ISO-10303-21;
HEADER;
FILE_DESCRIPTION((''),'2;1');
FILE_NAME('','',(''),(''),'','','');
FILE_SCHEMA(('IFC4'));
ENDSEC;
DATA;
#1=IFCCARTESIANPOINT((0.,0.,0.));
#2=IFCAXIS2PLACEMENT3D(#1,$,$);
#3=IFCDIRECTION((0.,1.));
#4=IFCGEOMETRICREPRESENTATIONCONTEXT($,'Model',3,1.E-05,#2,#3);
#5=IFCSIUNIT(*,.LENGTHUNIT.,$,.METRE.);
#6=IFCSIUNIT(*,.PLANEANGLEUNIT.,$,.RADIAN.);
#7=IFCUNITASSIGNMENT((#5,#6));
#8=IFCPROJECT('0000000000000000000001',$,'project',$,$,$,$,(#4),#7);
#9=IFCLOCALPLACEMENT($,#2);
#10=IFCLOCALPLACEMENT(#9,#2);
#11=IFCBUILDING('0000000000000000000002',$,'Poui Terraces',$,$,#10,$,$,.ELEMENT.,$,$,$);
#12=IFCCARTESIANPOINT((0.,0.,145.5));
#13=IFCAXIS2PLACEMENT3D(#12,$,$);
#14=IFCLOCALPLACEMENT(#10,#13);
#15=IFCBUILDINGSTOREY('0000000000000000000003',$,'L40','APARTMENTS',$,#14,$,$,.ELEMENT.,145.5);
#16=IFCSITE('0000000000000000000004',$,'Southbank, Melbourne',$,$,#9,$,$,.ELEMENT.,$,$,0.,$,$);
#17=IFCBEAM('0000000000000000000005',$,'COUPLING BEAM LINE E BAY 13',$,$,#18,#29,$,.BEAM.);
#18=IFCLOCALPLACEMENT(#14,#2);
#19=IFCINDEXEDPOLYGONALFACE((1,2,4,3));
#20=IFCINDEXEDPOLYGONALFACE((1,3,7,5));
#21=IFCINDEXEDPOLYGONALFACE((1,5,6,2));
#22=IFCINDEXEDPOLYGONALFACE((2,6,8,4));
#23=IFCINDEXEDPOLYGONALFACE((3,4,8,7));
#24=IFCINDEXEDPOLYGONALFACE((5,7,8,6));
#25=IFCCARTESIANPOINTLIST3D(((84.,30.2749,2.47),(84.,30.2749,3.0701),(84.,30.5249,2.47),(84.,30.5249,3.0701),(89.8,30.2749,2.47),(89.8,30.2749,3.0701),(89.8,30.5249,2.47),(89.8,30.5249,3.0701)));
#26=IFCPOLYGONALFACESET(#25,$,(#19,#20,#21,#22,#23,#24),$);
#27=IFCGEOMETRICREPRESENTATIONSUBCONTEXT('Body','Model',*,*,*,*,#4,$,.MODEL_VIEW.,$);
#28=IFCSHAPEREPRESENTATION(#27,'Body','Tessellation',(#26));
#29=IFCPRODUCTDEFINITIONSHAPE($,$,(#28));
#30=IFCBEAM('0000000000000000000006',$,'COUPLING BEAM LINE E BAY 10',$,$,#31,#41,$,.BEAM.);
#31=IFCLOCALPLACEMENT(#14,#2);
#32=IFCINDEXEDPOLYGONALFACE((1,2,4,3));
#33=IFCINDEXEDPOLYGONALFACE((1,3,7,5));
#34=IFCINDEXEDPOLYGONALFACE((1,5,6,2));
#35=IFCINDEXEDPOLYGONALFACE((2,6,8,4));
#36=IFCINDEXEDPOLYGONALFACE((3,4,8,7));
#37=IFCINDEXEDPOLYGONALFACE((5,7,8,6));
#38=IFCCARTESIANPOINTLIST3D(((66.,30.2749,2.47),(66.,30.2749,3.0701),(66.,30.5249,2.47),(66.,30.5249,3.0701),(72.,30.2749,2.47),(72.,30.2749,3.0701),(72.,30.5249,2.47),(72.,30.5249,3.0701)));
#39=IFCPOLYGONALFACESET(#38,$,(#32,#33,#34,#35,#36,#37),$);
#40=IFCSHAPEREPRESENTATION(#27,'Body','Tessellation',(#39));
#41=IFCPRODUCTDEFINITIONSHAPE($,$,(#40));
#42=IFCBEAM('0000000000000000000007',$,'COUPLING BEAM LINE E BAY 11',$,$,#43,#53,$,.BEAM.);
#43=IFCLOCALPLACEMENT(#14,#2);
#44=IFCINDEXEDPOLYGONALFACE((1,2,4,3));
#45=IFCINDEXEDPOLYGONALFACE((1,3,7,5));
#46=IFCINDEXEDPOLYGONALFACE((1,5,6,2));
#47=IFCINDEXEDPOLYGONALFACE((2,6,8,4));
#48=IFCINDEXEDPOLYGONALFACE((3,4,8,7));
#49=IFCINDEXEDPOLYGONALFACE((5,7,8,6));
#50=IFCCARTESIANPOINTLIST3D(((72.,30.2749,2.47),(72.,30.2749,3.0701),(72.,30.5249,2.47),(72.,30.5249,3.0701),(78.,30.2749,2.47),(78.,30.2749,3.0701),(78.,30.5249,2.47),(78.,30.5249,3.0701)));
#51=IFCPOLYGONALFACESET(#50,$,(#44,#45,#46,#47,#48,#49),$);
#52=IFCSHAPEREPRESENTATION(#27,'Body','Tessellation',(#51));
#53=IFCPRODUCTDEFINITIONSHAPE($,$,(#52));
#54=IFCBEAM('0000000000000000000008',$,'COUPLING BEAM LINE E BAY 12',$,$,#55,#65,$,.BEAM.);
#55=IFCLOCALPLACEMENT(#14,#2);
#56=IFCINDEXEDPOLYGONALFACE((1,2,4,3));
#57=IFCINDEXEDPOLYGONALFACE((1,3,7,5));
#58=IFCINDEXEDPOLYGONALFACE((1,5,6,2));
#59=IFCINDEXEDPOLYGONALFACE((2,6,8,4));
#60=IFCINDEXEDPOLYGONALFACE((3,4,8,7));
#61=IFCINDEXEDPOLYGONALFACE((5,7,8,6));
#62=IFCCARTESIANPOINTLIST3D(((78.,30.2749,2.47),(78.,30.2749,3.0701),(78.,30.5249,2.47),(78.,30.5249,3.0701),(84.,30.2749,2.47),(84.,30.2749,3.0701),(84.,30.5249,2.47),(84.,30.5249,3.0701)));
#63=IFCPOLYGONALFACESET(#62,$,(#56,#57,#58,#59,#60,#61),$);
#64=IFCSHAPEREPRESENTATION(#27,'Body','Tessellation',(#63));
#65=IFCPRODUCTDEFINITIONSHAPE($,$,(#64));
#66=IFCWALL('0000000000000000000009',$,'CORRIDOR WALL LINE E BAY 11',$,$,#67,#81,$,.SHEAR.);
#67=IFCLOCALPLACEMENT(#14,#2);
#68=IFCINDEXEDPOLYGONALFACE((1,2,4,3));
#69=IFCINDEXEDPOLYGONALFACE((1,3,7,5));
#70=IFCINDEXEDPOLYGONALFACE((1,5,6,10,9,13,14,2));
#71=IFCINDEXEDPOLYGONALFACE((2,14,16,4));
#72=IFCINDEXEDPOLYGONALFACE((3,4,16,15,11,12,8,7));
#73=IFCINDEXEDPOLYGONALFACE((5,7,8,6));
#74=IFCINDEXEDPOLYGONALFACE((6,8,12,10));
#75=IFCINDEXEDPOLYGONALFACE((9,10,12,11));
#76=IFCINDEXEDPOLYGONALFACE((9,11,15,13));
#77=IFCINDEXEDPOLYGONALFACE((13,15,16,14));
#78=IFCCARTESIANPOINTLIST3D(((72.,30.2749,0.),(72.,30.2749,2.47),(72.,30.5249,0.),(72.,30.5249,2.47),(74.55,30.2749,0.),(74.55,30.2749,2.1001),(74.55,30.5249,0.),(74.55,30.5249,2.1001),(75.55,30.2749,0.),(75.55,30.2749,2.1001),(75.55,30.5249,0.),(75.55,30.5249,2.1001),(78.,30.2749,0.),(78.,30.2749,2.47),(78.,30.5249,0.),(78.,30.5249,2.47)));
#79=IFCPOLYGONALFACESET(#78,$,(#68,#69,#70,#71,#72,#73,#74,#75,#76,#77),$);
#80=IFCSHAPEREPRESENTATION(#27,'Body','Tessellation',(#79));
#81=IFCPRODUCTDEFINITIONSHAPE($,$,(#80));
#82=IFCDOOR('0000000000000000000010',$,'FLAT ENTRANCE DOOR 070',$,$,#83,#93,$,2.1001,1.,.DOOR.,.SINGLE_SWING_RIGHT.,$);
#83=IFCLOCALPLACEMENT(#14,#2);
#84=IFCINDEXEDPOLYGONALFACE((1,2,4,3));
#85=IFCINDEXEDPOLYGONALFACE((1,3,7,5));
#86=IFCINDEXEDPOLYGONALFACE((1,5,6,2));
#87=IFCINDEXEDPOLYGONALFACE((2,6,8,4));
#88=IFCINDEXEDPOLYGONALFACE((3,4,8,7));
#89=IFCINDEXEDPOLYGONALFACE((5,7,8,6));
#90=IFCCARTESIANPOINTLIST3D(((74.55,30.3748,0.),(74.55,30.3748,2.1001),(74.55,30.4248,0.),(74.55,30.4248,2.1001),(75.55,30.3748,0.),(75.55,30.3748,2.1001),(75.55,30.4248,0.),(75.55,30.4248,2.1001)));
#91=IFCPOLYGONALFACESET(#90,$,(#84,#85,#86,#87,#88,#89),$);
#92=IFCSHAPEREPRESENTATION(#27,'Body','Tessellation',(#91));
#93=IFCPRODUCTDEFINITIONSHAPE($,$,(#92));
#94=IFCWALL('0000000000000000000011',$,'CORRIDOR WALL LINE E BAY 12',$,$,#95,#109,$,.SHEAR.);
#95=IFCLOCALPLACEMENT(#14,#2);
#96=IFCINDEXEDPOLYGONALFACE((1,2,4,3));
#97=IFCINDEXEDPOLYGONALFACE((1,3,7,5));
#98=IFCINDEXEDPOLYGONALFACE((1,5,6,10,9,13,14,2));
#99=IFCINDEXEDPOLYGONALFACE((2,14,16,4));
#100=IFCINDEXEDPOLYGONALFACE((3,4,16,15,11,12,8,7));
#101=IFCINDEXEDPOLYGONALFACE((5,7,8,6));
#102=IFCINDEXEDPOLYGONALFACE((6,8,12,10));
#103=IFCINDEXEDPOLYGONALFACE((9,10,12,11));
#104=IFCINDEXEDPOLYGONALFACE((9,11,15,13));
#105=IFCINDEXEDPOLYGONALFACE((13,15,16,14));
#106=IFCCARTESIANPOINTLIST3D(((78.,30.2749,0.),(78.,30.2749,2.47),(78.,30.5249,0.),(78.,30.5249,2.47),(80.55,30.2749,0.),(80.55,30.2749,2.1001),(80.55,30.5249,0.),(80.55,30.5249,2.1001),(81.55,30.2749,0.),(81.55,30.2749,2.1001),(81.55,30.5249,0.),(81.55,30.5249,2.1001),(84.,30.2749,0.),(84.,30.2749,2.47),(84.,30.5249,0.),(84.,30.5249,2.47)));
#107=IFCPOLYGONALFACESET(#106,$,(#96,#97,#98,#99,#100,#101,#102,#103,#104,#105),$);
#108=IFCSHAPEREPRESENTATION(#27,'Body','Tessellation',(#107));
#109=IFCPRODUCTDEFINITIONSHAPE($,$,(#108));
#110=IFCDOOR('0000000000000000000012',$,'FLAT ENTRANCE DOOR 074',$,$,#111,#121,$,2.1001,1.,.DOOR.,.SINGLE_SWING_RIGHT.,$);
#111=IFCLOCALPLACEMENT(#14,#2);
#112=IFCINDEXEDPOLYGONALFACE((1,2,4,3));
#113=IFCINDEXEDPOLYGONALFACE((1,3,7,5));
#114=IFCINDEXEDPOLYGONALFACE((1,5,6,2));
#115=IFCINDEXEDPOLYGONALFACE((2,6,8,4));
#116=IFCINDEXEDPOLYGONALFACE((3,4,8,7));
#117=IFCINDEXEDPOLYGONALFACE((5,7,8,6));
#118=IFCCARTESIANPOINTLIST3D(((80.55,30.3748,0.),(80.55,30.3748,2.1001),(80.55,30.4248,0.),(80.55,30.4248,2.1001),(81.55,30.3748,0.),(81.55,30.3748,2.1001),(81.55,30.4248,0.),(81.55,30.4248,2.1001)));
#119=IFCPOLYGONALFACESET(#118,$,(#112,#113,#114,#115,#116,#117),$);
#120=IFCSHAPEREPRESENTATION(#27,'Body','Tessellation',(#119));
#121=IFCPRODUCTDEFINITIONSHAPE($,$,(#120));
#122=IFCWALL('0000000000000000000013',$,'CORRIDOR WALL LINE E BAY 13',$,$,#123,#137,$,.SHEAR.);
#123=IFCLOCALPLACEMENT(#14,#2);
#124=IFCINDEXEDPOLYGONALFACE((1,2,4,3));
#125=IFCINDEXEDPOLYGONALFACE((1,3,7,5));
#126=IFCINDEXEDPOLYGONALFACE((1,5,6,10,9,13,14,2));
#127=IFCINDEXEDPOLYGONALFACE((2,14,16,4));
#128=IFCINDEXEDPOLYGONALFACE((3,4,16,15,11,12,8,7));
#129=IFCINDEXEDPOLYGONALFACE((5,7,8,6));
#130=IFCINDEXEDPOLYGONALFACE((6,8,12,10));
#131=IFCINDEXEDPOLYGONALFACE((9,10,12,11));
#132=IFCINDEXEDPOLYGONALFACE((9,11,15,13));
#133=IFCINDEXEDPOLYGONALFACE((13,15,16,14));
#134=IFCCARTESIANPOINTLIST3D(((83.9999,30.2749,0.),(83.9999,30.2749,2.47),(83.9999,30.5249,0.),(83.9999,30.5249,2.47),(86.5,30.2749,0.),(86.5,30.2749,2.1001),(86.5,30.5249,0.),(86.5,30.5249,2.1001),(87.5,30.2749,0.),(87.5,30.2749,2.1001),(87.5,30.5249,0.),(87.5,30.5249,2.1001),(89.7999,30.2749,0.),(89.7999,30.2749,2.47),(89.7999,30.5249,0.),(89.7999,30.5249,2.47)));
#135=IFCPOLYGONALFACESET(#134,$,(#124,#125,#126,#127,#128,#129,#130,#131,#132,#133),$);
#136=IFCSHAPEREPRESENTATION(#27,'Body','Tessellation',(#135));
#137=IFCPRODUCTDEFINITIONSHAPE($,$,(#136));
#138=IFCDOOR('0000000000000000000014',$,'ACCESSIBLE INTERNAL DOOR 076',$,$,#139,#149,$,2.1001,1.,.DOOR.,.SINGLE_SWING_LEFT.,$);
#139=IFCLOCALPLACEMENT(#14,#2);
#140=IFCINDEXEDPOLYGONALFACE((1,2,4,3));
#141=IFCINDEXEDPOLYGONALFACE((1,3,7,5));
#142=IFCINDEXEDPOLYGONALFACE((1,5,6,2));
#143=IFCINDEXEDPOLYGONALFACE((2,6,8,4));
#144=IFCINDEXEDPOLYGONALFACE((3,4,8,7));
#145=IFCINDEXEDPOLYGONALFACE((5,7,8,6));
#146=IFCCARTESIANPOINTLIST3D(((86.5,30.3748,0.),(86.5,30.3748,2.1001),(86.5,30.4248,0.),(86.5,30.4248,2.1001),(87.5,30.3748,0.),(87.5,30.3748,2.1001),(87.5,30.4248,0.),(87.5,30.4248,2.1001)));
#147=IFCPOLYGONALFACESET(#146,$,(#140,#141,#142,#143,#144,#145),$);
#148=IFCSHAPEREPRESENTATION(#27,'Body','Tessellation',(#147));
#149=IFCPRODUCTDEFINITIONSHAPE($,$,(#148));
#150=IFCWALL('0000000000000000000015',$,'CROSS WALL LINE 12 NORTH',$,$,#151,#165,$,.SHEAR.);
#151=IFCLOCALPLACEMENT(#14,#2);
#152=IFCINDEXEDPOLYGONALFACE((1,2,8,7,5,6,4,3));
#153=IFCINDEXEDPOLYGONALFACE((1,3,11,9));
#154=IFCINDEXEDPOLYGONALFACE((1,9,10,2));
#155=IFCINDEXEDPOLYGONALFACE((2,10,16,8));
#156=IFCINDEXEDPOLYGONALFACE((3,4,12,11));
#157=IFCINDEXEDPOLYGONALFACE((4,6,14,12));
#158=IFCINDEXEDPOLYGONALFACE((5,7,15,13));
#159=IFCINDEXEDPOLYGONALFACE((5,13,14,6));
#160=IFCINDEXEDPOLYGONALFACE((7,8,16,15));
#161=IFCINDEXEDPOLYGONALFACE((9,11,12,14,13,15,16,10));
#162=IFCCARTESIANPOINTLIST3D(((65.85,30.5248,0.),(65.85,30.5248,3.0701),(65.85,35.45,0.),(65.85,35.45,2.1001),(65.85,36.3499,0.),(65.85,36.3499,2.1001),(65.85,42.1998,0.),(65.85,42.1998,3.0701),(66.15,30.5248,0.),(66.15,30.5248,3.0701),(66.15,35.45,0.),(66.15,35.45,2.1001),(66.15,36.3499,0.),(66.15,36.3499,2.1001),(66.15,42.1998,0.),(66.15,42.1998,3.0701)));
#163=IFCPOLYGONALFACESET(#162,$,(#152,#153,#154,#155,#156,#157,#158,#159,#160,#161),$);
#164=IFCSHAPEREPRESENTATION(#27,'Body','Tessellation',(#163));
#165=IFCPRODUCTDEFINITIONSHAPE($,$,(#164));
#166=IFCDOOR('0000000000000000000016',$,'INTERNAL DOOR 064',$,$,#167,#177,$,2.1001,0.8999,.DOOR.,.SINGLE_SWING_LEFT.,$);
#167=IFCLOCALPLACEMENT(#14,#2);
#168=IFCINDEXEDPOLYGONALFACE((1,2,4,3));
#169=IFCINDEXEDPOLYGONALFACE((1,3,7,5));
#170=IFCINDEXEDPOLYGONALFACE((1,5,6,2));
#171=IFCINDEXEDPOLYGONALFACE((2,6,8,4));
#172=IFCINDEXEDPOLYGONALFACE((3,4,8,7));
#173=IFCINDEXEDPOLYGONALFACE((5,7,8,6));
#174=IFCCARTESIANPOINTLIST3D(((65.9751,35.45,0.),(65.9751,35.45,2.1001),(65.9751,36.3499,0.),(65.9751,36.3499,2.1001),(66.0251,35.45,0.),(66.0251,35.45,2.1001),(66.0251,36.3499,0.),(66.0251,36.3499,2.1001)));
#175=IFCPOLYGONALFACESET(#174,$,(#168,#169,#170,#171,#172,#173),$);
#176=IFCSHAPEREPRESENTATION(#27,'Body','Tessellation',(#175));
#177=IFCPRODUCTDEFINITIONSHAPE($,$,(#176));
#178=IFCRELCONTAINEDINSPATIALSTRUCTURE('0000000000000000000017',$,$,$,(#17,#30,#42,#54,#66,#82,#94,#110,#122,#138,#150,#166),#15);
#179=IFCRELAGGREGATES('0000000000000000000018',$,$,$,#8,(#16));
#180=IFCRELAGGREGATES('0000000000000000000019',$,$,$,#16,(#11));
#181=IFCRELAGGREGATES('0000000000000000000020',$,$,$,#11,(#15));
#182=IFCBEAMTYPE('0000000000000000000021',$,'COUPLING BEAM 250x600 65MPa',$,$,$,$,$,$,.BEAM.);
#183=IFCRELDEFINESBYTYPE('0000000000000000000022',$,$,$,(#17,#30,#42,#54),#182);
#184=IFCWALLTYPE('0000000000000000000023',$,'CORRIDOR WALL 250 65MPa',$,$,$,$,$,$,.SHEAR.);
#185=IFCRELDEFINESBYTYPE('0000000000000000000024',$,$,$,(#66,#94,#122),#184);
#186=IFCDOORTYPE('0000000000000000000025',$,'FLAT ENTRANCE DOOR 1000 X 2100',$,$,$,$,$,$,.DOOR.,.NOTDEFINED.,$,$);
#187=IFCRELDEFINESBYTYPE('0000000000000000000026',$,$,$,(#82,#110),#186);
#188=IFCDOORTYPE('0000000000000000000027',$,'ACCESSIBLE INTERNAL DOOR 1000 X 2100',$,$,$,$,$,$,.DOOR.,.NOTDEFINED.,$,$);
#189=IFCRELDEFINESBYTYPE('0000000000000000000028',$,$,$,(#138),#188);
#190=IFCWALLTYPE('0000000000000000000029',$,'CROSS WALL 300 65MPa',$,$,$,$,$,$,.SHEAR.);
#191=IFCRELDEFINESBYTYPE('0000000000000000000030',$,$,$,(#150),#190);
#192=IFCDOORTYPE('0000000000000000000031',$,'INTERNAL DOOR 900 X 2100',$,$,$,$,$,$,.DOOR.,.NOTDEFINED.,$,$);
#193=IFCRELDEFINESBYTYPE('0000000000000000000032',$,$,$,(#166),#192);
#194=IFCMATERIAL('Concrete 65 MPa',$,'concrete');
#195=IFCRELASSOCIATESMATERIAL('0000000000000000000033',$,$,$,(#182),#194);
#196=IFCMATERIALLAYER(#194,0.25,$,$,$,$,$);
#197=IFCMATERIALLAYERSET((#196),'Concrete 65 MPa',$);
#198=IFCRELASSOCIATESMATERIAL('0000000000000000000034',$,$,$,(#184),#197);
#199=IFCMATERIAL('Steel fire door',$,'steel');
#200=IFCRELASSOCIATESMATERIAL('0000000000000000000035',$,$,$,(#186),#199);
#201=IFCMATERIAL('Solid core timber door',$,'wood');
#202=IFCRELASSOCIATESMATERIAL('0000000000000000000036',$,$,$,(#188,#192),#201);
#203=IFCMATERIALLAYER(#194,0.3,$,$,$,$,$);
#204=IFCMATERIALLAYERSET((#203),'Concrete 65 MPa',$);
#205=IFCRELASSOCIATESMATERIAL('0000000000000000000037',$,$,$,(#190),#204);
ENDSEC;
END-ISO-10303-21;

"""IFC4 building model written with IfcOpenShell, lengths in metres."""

from ifc_helpers import new_model, si_unit, direction, frame, frame_2d, origin, origin_2d, place, context, subcontext, project, spatial, rectangle, extrude, source, transform, mapped, material, layer, layer_set, material_profile, profile_set, type_object, element, fill, save


model = new_model("IFC4")

# Units and contexts
model_context = context("Model", 3, precision=1e-05, world=origin(), true_north=direction((0.0, 1.0)))
body_context = subcontext(model_context, "Body", "Model", "MODEL_VIEW")
ifc_project = project(units=[si_unit("LENGTHUNIT", "METRE"), si_unit("PLANEANGLEUNIT", "RADIAN")], contexts=[model_context])

# Site, building, storey
site_placement = place(None, origin())
site = spatial("IfcSite", under=ifc_project, at=site_placement, Name="Southbank, Melbourne", CompositionType="ELEMENT", RefElevation=0.0)
building_placement = place(site_placement, origin())
building = spatial("IfcBuilding", under=site, at=building_placement, Name="Poui Terraces", CompositionType="ELEMENT")
storey_placement = place(building_placement, frame((0.0, 0.0, 145.5)))
storey = spatial("IfcBuildingStorey", under=building, at=storey_placement, Name="L40", Description="APARTMENTS", CompositionType="ELEMENT", Elevation=145.5)

# Beams
ifc_material_1 = material(Name="Concrete 65 MPa", Category="concrete")
ifc_material_profile = material_profile(ifc_material_1, rectangle(XDim=0.25, YDim=0.6001, at=origin_2d()), Name="RC 250x600")
ifc_profile_set = profile_set([ifc_material_profile], Name="Concrete 65 MPa")
beam_type = type_object("IfcBeamType", Name="COUPLING BEAM 250x600 65MPa", PredefinedType="BEAM", material=ifc_profile_set)
shared_shape_1 = source(origin(), body_context, "Body", "SweptSolid", [
    extrude(rectangle(XDim=0.25, YDim=0.6001, at=origin_2d()), origin(), (0.0, 0.0, 1.0), 5.8),
])
beam_placement = place(storey_placement, frame((84.0, 30.3999, 2.77), z_axis=(1.0, 0.0, 0.0), x_axis=(0.0, 1.0, 0.0)))
element("IfcBeam", 1, at=beam_placement, inside=storey, type_object=beam_type, Name="COUPLING BEAM LINE E BAY 13", PredefinedType="BEAM", context=body_context, shape_type="MappedRepresentation", body=[
    mapped(shared_shape_1, transform((0.0, 0.0, 0.0))),
])
shared_shape_2 = source(origin(), body_context, "Body", "SweptSolid", [
    extrude(rectangle(XDim=0.25, YDim=0.6001, at=origin_2d()), origin(), (0.0, 0.0, 1.0), 6.0),
])
for number, where, z_axis, x_axis, name in (
    (2, (66.0, 30.3999, 2.77), (1.0, 0.0, 0.0), (0.0, 1.0, 0.0), "COUPLING BEAM LINE E BAY 10"),
    (3, (72.0, 30.3999, 2.77), (1.0, 0.0, 0.0), (0.0, 1.0, 0.0), "COUPLING BEAM LINE E BAY 11"),
    (4, (78.0, 30.3999, 2.77), (1.0, 0.0, 0.0), (0.0, 1.0, 0.0), "COUPLING BEAM LINE E BAY 12"),
):
    element("IfcBeam", number, at=place(storey_placement, frame(where, z_axis=z_axis, x_axis=x_axis)), inside=storey, type_object=beam_type, Name=name, PredefinedType="BEAM", context=body_context, shape_type="MappedRepresentation", body=[
        mapped(shared_shape_2, transform((0.0, 0.0, 0.0))),
    ])

# Walls, openings, doors
ifc_layer_1 = layer(ifc_material_1, 0.25)
ifc_layer_set_1 = layer_set([ifc_layer_1], Name="Concrete 65 MPa")
wall_type_1 = type_object("IfcWallType", Name="CORRIDOR WALL 250 65MPa", PredefinedType="SHEAR", material=ifc_layer_set_1)
wall_1_placement = place(storey_placement, frame((72.0, 30.3999, 0.0), z_axis=(0.0, 0.0, 1.0), x_axis=(1.0, 0.0, 0.0)))
wall_1 = element("IfcWall", 5, at=wall_1_placement, inside=storey, type_object=wall_type_1, Name="CORRIDOR WALL LINE E BAY 11", PredefinedType="SHEAR", context=body_context, shape_type="SweptSolid", body=[
    extrude(rectangle(XDim=6.0, YDim=0.25, at=frame_2d((3.0, 0.0))), origin(), (0.0, 0.0, 1.0), 2.47),
])
opening_1_placement = place(wall_1_placement, frame((2.55, 0.0, 0.0)))
opening_1 = element("IfcOpeningElement", 6, at=opening_1_placement, cuts=wall_1, PredefinedType="OPENING", context=body_context, shape_type="SweptSolid", body=[
    extrude(rectangle(XDim=1.0, YDim=2.1001, at=frame_2d((0.5, 1.05))), frame((0.0, 0.135, 0.0), z_axis=(0.0, -1.0, 0.0), x_axis=(1.0, 0.0, 0.0)), (0.0, 0.0, 1.0), 0.27),
])
ifc_material_2 = material(Name="Steel fire door", Category="steel")
door_type_1 = type_object("IfcDoorType", Name="FLAT ENTRANCE DOOR 1000 X 2100", OperationType="NOTDEFINED", PredefinedType="DOOR", material=ifc_material_2)
door_1_placement = place(opening_1_placement, origin())
door_1 = element("IfcDoor", 7, at=door_1_placement, inside=storey, type_object=door_type_1, Name="FLAT ENTRANCE DOOR 070", OperationType="SINGLE_SWING_RIGHT", OverallHeight=2.1001, OverallWidth=1.0, PredefinedType="DOOR", context=body_context, shape_type="SweptSolid", body=[
    extrude(rectangle(XDim=1.0, YDim=2.1001, at=frame_2d((0.5, 1.05))), frame((0.0, 0.0249, 0.0), z_axis=(0.0, -1.0, 0.0), x_axis=(1.0, 0.0, 0.0)), (0.0, 0.0, 1.0), 0.05),
])
fill(opening_1, door_1)
wall_2_placement = place(storey_placement, frame((78.0, 30.3999, 0.0), z_axis=(0.0, 0.0, 1.0), x_axis=(1.0, 0.0, 0.0)))
wall_2 = element("IfcWall", 8, at=wall_2_placement, inside=storey, type_object=wall_type_1, Name="CORRIDOR WALL LINE E BAY 12", PredefinedType="SHEAR", context=body_context, shape_type="SweptSolid", body=[
    extrude(rectangle(XDim=6.0, YDim=0.25, at=frame_2d((3.0, 0.0))), origin(), (0.0, 0.0, 1.0), 2.47),
])
opening_2_placement = place(wall_2_placement, frame((2.55, 0.0, 0.0)))
opening_2 = element("IfcOpeningElement", 9, at=opening_2_placement, cuts=wall_2, PredefinedType="OPENING", context=body_context, shape_type="SweptSolid", body=[
    extrude(rectangle(XDim=1.0, YDim=2.1001, at=frame_2d((0.5, 1.05))), frame((0.0, 0.135, 0.0), z_axis=(0.0, -1.0, 0.0), x_axis=(1.0, 0.0, 0.0)), (0.0, 0.0, 1.0), 0.27),
])
door_2_placement = place(opening_2_placement, origin())
door_2 = element("IfcDoor", 10, at=door_2_placement, inside=storey, type_object=door_type_1, Name="FLAT ENTRANCE DOOR 074", OperationType="SINGLE_SWING_RIGHT", OverallHeight=2.1001, OverallWidth=1.0, PredefinedType="DOOR", context=body_context, shape_type="SweptSolid", body=[
    extrude(rectangle(XDim=1.0, YDim=2.1001, at=frame_2d((0.5, 1.05))), frame((0.0, 0.0249, 0.0), z_axis=(0.0, -1.0, 0.0), x_axis=(1.0, 0.0, 0.0)), (0.0, 0.0, 1.0), 0.05),
])
fill(opening_2, door_2)
wall_3_placement = place(storey_placement, frame((84.0, 30.3999, 0.0), z_axis=(0.0, 0.0, 1.0), x_axis=(1.0, 0.0, 0.0)))
wall_3 = element("IfcWall", 11, at=wall_3_placement, inside=storey, type_object=wall_type_1, Name="CORRIDOR WALL LINE E BAY 13", PredefinedType="SHEAR", context=body_context, shape_type="SweptSolid", body=[
    extrude(rectangle(XDim=5.8, YDim=0.25, at=frame_2d((2.8999, 0.0))), origin(), (0.0, 0.0, 1.0), 2.47),
])
opening_3_placement = place(wall_3_placement, frame((2.5, 0.0, 0.0)))
opening_3 = element("IfcOpeningElement", 12, at=opening_3_placement, cuts=wall_3, PredefinedType="OPENING", context=body_context, shape_type="SweptSolid", body=[
    extrude(rectangle(XDim=1.0, YDim=2.1001, at=frame_2d((0.5, 1.05))), frame((0.0, 0.135, 0.0), z_axis=(0.0, -1.0, 0.0), x_axis=(1.0, 0.0, 0.0)), (0.0, 0.0, 1.0), 0.27),
])
ifc_material_3 = material(Name="Solid core timber door", Category="wood")
door_type_2 = type_object("IfcDoorType", Name="ACCESSIBLE INTERNAL DOOR 1000 X 2100", OperationType="NOTDEFINED", PredefinedType="DOOR", material=ifc_material_3)
door_3_placement = place(opening_3_placement, origin())
door_3 = element("IfcDoor", 13, at=door_3_placement, inside=storey, type_object=door_type_2, Name="ACCESSIBLE INTERNAL DOOR 076", OperationType="SINGLE_SWING_LEFT", OverallHeight=2.1001, OverallWidth=1.0, PredefinedType="DOOR", context=body_context, shape_type="SweptSolid", body=[
    extrude(rectangle(XDim=1.0, YDim=2.1001, at=frame_2d((0.5, 1.05))), frame((0.0, 0.0249, 0.0), z_axis=(0.0, -1.0, 0.0), x_axis=(1.0, 0.0, 0.0)), (0.0, 0.0, 1.0), 0.05),
])
fill(opening_3, door_3)
ifc_layer_2 = layer(ifc_material_1, 0.3)
ifc_layer_set_2 = layer_set([ifc_layer_2], Name="Concrete 65 MPa")
wall_type_2 = type_object("IfcWallType", Name="CROSS WALL 300 65MPa", PredefinedType="SHEAR", material=ifc_layer_set_2)
wall_4_placement = place(storey_placement, frame((66.0, 30.5249, 0.0), z_axis=(0.0, 0.0, 1.0), x_axis=(0.0, 1.0, 0.0)))
wall_4 = element("IfcWall", 14, at=wall_4_placement, inside=storey, type_object=wall_type_2, Name="CROSS WALL LINE 12 NORTH", PredefinedType="SHEAR", context=body_context, shape_type="SweptSolid", body=[
    extrude(rectangle(XDim=11.675, YDim=0.3, at=frame_2d((5.8374, 0.0))), origin(), (0.0, 0.0, 1.0), 3.0701),
])
opening_4_placement = place(wall_4_placement, frame((4.925, 0.0, 0.0)))
opening_4 = element("IfcOpeningElement", 15, at=opening_4_placement, cuts=wall_4, PredefinedType="OPENING", context=body_context, shape_type="SweptSolid", body=[
    extrude(rectangle(XDim=0.8999, YDim=2.1001, at=frame_2d((0.45, 1.05))), frame((0.0, 0.1602, 0.0), z_axis=(0.0, -1.0, 0.0), x_axis=(1.0, 0.0, 0.0)), (0.0, 0.0, 1.0), 0.3201),
])
door_type_3 = type_object("IfcDoorType", Name="INTERNAL DOOR 900 X 2100", OperationType="NOTDEFINED", PredefinedType="DOOR", material=ifc_material_3)
door_4_placement = place(opening_4_placement, origin())
door_4 = element("IfcDoor", 16, at=door_4_placement, inside=storey, type_object=door_type_3, Name="INTERNAL DOOR 064", OperationType="SINGLE_SWING_LEFT", OverallHeight=2.1001, OverallWidth=0.8999, PredefinedType="DOOR", context=body_context, shape_type="SweptSolid", body=[
    extrude(rectangle(XDim=0.8999, YDim=2.1001, at=frame_2d((0.45, 1.05))), frame((0.0, 0.0249, 0.0), z_axis=(0.0, -1.0, 0.0), x_axis=(1.0, 0.0, 0.0)), (0.0, 0.0, 1.0), 0.05),
])
fill(opening_4, door_4)

save(model, "model.ifc")
